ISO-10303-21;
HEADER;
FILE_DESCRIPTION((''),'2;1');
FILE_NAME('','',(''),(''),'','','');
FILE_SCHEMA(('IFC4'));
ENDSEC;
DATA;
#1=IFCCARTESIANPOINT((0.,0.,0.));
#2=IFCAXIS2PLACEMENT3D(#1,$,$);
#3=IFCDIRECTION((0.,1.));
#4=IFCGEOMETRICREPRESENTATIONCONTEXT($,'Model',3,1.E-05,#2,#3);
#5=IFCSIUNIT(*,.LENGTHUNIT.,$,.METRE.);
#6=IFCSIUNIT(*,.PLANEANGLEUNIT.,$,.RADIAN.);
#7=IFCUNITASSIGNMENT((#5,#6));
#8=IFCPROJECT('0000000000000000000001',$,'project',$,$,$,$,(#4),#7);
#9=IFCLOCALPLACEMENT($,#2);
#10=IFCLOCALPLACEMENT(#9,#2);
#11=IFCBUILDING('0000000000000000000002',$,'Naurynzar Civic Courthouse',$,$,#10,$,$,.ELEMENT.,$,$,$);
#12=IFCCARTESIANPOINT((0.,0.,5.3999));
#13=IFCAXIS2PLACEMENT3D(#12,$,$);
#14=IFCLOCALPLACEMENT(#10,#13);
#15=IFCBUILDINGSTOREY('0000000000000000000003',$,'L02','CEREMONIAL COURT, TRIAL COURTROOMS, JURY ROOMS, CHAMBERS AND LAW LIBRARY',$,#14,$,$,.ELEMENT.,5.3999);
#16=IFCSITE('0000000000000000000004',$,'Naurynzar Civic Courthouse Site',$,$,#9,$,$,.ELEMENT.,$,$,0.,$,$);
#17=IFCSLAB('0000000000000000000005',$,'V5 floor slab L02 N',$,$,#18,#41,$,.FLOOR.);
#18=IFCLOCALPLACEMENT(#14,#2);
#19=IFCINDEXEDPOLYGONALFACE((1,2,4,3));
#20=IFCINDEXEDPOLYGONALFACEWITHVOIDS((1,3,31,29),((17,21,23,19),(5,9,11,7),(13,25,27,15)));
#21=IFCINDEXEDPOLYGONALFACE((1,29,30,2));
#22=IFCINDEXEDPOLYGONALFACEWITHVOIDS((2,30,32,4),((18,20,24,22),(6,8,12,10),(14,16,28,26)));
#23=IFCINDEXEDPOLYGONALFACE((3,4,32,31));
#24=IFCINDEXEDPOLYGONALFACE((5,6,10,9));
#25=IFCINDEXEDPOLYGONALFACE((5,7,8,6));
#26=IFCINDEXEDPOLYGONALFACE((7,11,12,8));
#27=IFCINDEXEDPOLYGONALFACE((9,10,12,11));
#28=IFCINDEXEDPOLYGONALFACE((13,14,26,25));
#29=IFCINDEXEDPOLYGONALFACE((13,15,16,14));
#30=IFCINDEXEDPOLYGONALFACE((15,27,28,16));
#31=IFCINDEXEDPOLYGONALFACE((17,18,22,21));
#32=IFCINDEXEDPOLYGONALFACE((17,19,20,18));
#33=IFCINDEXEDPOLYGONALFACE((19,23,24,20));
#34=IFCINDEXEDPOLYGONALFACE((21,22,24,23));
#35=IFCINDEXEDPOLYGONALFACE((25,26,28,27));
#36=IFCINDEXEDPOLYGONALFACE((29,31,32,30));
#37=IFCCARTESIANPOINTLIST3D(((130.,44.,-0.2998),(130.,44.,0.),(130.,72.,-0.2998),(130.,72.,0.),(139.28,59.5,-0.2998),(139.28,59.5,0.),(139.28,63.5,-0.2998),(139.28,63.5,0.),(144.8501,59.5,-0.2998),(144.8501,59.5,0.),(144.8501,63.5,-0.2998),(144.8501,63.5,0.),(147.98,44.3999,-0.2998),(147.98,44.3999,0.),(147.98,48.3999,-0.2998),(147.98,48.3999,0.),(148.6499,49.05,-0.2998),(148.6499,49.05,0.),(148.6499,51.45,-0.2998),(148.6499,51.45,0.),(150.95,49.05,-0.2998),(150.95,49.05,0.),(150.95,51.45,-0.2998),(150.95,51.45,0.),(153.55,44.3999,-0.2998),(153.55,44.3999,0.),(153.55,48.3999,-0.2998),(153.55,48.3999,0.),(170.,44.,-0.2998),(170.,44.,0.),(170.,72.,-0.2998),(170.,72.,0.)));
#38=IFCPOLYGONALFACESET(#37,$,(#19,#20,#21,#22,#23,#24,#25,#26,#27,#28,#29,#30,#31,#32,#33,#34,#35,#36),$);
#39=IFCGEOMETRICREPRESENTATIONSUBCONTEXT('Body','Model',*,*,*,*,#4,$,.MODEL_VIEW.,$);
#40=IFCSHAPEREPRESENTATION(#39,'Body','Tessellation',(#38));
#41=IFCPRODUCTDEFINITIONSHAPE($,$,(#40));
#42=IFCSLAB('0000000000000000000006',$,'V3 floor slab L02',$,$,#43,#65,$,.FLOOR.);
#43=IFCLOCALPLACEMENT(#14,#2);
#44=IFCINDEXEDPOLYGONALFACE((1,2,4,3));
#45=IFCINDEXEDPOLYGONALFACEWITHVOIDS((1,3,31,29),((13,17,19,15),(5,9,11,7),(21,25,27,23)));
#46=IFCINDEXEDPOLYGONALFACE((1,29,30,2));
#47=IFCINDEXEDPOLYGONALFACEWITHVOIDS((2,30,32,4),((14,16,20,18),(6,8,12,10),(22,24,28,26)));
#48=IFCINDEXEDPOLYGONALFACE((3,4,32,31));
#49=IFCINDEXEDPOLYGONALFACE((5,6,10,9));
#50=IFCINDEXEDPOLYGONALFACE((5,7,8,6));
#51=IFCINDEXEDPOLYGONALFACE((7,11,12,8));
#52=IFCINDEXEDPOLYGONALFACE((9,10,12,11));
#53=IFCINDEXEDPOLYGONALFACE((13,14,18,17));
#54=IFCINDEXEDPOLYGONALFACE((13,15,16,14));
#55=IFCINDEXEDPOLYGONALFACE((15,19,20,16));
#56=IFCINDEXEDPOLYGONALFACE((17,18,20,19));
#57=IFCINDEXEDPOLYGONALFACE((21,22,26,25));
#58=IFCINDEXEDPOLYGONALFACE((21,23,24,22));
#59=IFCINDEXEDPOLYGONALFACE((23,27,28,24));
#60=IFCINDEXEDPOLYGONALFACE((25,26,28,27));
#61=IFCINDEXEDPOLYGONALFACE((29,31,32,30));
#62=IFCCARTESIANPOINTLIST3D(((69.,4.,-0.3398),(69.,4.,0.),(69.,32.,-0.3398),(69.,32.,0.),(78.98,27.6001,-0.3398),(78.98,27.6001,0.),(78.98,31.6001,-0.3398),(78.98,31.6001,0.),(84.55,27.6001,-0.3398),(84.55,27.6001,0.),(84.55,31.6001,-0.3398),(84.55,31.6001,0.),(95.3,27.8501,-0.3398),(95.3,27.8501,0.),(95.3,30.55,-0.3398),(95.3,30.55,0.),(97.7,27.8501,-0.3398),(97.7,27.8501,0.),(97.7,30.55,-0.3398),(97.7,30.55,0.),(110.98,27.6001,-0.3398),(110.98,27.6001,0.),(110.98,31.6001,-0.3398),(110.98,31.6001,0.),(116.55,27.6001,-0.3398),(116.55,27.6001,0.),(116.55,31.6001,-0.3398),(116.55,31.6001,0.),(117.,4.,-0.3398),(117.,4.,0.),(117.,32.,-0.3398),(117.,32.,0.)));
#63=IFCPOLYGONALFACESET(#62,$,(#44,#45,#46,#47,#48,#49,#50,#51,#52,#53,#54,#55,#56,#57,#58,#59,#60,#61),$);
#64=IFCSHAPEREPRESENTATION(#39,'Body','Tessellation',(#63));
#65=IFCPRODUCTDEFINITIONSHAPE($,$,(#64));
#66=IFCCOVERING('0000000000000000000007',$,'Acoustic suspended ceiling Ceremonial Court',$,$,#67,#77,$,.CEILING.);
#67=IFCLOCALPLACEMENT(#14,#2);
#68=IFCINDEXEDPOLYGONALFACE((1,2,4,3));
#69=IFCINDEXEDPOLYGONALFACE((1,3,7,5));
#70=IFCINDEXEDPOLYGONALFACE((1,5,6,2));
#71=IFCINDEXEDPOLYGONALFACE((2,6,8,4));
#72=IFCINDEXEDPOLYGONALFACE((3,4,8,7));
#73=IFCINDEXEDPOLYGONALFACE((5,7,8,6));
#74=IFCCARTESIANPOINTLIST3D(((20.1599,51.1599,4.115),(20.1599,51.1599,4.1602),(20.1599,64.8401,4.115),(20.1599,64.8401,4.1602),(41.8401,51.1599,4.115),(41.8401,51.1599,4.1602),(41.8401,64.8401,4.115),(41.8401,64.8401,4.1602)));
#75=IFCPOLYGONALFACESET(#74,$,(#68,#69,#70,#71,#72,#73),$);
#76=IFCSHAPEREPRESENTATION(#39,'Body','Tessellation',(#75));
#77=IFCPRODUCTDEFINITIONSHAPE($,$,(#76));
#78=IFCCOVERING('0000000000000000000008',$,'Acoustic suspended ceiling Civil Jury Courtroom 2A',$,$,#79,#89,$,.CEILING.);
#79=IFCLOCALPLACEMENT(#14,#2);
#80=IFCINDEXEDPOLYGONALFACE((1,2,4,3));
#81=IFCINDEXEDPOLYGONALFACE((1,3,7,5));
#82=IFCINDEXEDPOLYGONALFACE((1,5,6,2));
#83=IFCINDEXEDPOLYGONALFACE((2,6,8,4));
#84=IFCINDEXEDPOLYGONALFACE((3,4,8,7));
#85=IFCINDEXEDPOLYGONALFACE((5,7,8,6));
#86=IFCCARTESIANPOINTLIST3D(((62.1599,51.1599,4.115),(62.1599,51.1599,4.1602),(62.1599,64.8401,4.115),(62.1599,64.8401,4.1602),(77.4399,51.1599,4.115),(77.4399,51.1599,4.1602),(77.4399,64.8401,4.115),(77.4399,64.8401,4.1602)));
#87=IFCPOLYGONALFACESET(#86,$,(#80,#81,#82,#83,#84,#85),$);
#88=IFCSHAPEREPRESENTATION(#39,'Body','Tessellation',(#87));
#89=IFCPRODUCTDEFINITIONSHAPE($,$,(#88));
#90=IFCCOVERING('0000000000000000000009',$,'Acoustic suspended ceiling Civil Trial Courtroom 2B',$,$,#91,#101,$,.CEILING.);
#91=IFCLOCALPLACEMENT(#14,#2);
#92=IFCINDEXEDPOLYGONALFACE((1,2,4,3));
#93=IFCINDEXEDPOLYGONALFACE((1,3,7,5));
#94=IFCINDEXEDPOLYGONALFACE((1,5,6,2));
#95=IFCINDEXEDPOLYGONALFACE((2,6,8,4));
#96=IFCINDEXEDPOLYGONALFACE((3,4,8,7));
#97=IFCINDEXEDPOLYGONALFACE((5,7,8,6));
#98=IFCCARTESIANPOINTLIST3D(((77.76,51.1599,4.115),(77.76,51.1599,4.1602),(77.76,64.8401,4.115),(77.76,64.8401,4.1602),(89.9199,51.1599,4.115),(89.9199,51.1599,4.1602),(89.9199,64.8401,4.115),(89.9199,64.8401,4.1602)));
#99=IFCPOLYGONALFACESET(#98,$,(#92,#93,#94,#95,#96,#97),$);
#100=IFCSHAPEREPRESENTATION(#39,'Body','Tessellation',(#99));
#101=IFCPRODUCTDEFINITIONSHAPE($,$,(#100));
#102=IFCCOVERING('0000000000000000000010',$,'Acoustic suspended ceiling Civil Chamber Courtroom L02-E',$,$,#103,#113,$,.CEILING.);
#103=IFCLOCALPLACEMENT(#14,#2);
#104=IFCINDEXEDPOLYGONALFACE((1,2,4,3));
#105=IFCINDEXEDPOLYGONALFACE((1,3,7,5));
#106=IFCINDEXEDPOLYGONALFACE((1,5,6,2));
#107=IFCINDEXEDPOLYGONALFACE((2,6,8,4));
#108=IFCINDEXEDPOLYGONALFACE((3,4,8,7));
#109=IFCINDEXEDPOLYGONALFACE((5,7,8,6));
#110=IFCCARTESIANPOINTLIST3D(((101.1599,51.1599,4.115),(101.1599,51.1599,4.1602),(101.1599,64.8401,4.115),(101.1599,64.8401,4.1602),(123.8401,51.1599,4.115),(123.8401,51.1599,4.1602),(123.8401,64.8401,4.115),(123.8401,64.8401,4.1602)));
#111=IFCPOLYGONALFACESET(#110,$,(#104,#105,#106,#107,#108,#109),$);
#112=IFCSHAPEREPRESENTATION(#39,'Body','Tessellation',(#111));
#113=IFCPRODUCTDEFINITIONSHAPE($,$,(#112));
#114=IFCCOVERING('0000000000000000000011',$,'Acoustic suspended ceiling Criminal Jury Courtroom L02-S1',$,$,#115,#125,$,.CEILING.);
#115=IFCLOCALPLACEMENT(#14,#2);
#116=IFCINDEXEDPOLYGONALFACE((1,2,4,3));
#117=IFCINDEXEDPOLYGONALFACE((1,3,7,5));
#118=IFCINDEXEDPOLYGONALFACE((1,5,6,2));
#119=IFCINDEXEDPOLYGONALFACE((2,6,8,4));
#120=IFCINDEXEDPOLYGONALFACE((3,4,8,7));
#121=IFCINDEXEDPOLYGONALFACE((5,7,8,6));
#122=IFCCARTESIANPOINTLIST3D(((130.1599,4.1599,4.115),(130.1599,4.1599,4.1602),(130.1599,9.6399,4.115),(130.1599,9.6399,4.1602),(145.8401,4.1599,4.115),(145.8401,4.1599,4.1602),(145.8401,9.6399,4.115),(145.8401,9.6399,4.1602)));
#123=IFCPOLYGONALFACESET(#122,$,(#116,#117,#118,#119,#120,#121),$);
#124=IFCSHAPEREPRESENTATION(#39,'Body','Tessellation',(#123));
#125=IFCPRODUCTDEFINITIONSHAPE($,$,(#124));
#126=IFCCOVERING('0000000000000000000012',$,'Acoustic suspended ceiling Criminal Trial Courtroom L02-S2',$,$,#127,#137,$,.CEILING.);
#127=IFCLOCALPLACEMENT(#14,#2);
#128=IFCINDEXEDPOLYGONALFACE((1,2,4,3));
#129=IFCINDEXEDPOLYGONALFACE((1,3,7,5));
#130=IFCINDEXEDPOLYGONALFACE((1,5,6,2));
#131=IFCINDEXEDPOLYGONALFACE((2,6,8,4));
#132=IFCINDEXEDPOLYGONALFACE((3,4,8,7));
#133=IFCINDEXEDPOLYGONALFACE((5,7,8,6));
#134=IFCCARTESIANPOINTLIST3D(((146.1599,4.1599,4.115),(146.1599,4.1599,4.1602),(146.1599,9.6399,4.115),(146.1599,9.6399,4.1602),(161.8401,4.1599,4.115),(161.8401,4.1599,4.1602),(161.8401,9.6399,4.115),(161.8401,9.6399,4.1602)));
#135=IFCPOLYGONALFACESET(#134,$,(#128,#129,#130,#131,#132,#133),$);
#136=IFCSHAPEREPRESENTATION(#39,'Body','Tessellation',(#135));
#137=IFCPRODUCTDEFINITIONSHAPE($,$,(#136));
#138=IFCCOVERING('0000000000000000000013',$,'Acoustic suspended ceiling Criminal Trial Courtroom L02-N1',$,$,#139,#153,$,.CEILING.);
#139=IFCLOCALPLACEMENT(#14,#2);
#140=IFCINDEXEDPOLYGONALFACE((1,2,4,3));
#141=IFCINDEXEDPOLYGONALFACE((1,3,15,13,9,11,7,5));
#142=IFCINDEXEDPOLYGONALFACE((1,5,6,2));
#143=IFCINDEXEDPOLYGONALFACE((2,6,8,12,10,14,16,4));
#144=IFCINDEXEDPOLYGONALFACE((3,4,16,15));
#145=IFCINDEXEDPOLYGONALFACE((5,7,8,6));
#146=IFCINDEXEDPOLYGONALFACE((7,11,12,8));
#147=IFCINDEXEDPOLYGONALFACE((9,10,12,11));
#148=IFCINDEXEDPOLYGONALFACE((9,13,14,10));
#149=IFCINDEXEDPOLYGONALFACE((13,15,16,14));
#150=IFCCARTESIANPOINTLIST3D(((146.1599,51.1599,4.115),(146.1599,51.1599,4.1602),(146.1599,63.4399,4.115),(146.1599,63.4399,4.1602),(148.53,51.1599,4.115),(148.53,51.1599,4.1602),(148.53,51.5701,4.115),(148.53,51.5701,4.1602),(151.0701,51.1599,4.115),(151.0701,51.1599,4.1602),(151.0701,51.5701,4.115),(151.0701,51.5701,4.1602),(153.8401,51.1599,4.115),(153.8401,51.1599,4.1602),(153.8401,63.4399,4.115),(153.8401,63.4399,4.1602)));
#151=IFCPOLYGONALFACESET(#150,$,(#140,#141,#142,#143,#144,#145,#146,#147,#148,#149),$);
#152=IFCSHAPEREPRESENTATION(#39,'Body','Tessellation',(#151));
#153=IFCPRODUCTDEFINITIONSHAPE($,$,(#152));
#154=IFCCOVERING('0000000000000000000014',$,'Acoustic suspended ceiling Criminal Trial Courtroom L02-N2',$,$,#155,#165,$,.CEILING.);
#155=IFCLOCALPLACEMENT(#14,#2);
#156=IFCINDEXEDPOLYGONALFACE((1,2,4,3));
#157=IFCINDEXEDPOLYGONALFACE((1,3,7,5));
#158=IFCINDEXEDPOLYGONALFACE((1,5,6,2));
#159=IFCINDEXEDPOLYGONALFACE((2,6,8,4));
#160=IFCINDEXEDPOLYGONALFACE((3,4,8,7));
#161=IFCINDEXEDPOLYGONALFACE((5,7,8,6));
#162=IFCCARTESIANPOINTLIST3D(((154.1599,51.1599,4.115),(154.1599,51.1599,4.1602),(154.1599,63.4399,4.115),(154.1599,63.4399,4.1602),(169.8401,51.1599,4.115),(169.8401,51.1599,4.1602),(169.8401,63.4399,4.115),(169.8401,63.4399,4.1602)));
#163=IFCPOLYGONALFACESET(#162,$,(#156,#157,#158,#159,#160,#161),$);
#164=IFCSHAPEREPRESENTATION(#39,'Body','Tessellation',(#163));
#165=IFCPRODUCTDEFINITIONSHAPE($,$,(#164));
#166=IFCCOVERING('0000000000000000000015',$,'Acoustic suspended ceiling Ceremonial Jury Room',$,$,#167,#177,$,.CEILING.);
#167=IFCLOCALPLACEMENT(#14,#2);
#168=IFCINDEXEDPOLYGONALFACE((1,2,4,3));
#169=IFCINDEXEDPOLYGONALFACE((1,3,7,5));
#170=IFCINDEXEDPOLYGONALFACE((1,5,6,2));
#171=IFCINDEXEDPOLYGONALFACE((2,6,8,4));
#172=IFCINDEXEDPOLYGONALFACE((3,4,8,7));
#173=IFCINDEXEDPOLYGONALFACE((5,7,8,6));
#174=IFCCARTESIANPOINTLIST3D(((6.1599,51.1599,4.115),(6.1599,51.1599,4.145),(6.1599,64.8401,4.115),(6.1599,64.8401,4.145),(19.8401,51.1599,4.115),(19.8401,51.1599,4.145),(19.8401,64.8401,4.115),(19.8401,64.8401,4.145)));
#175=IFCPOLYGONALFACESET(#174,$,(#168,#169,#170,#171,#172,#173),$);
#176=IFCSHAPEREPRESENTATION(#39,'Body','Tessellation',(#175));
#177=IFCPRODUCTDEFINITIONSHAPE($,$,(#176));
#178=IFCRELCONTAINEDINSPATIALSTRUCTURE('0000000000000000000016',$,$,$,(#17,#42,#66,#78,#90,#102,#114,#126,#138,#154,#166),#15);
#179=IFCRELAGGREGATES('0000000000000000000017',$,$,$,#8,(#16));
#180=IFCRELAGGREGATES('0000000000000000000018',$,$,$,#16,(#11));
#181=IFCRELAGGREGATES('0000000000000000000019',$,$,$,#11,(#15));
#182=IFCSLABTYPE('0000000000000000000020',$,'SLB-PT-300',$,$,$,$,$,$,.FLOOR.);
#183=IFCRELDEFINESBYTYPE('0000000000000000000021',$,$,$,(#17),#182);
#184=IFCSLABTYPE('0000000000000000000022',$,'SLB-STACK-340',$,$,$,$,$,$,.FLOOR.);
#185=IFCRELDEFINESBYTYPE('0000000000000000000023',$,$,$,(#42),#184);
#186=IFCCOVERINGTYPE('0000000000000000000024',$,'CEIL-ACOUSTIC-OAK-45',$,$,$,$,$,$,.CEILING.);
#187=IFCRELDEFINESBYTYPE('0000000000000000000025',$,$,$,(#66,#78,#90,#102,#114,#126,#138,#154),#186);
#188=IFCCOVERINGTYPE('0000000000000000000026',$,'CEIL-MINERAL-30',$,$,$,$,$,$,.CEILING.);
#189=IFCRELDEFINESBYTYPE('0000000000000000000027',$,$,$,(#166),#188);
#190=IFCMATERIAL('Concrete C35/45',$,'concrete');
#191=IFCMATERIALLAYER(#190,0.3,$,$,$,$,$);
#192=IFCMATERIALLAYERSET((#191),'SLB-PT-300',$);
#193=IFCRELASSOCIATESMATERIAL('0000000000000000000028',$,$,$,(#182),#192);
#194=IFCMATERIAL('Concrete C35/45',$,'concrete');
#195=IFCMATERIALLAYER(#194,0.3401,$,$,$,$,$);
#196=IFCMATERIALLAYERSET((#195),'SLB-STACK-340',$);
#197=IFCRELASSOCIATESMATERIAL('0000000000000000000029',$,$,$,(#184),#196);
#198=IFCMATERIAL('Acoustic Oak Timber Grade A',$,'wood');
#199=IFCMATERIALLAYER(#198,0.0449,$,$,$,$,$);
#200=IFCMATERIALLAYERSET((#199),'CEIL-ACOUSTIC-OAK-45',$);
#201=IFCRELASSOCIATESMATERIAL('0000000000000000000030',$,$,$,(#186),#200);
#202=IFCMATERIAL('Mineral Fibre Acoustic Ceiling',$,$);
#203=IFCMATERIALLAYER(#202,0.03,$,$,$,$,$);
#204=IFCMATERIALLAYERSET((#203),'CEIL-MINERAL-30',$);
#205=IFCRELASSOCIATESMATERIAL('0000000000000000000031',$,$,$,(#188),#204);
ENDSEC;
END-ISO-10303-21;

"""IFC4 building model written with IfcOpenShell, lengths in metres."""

from ifc_helpers import new_model, si_unit, direction, frame, origin, place, context, subcontext, project, spatial, polyline, outline, extrude, material, layer, layer_set, type_object, element, save


model = new_model("IFC4")

# Units and contexts
model_context = context("Model", 3, precision=1e-05, world=origin(), true_north=direction((0.0, 1.0)))
body_context = subcontext(model_context, "Body", "Model", "MODEL_VIEW")
ifc_project = project(units=[si_unit("LENGTHUNIT", "METRE"), si_unit("PLANEANGLEUNIT", "RADIAN")], contexts=[model_context])

# Site, building, storey
site_placement = place(None, origin())
site = spatial("IfcSite", under=ifc_project, at=site_placement, Name="Naurynzar Civic Courthouse Site", CompositionType="ELEMENT", RefElevation=0.0)
building_placement = place(site_placement, origin())
building = spatial("IfcBuilding", under=site, at=building_placement, Name="Naurynzar Civic Courthouse", CompositionType="ELEMENT")
storey_placement = place(building_placement, frame((0.0, 0.0, 5.3999)))
storey = spatial("IfcBuildingStorey", under=building, at=storey_placement, Name="L02", Description="CEREMONIAL COURT, TRIAL COURTROOMS, JURY ROOMS, CHAMBERS AND LAW LIBRARY", CompositionType="ELEMENT", Elevation=5.3999)

# Slabs
ifc_material_1 = material(Name="Concrete C35/45", Category="concrete")
ifc_layer_1 = layer(ifc_material_1, 0.3)
ifc_layer_set_1 = layer_set([ifc_layer_1], Name="SLB-PT-300")
slab_type_1 = type_object("IfcSlabType", Name="SLB-PT-300", PredefinedType="FLOOR", material=ifc_layer_set_1)
slab_1_placement = place(storey_placement, frame((0.0, 0.0, -0.2998)))
element("IfcSlab", 1, at=slab_1_placement, inside=storey, type_object=slab_type_1, Name="V5 floor slab L02 N", PredefinedType="FLOOR", context=body_context, shape_type="SweptSolid", body=[
    extrude(outline(polyline([(170.0, 44.0), (170.0, 72.0), (130.0, 72.0), (130.0, 44.0), (170.0, 44.0)]), holes=[polyline([(139.28, 59.5), (144.8501, 59.5), (144.8501, 63.5), (139.28, 63.5), (139.28, 59.5)]), polyline([(147.98, 44.3999), (153.55, 44.3999), (153.55, 48.3999), (147.98, 48.3999), (147.98, 44.3999)]), polyline([(148.6499, 49.05), (150.95, 49.05), (150.95, 51.45), (148.6499, 51.45), (148.6499, 49.05)])]), origin(), (0.0, 0.0, 1.0), 0.2998),
])
ifc_material_2 = material(Name="Concrete C35/45", Category="concrete")
ifc_layer_2 = layer(ifc_material_2, 0.3401)
ifc_layer_set_2 = layer_set([ifc_layer_2], Name="SLB-STACK-340")
slab_type_2 = type_object("IfcSlabType", Name="SLB-STACK-340", PredefinedType="FLOOR", material=ifc_layer_set_2)
slab_2_placement = place(storey_placement, frame((0.0, 0.0, -0.3398)))
element("IfcSlab", 2, at=slab_2_placement, inside=storey, type_object=slab_type_2, Name="V3 floor slab L02", PredefinedType="FLOOR", context=body_context, shape_type="SweptSolid", body=[
    extrude(outline(polyline([(117.0, 4.0), (117.0, 32.0), (69.0, 32.0), (69.0, 4.0), (117.0, 4.0)]), holes=[polyline([(78.98, 27.6001), (84.55, 27.6001), (84.55, 31.6001), (78.98, 31.6001), (78.98, 27.6001)]), polyline([(110.98, 27.6001), (116.55, 27.6001), (116.55, 31.6001), (110.98, 31.6001), (110.98, 27.6001)]), polyline([(95.3, 27.8501), (97.7, 27.8501), (97.7, 30.55), (95.3, 30.55), (95.3, 27.8501)])]), origin(), (0.0, 0.0, 1.0), 0.3398),
])

# Coverings
ifc_material_3 = material(Name="Acoustic Oak Timber Grade A", Category="wood")
ifc_layer_3 = layer(ifc_material_3, 0.0449)
ifc_layer_set_3 = layer_set([ifc_layer_3], Name="CEIL-ACOUSTIC-OAK-45")
covering_type_1 = type_object("IfcCoveringType", Name="CEIL-ACOUSTIC-OAK-45", PredefinedType="CEILING", material=ifc_layer_set_3)
covering_1_placement = place(storey_placement, frame((0.0, 0.0, 4.115)))
element("IfcCovering", 3, at=covering_1_placement, inside=storey, type_object=covering_type_1, Name="Acoustic suspended ceiling Ceremonial Court", PredefinedType="CEILING", context=body_context, shape_type="SweptSolid", body=[
    extrude(outline(polyline([(20.1599, 51.1599), (20.1599, 64.8401), (41.8401, 64.8401), (41.8401, 51.1599), (20.1599, 51.1599)])), origin(), (0.0, 0.0, 1.0), 0.0452),
])
covering_2_placement = place(storey_placement, frame((0.0, 0.0, 4.115)))
element("IfcCovering", 4, at=covering_2_placement, inside=storey, type_object=covering_type_1, Name="Acoustic suspended ceiling Civil Jury Courtroom 2A", PredefinedType="CEILING", context=body_context, shape_type="SweptSolid", body=[
    extrude(outline(polyline([(77.4399, 51.1599), (62.1599, 51.1599), (62.1599, 64.8401), (77.4399, 64.8401), (77.4399, 51.1599)])), origin(), (0.0, 0.0, 1.0), 0.0452),
])
covering_3_placement = place(storey_placement, frame((0.0, 0.0, 4.115)))
element("IfcCovering", 5, at=covering_3_placement, inside=storey, type_object=covering_type_1, Name="Acoustic suspended ceiling Civil Trial Courtroom 2B", PredefinedType="CEILING", context=body_context, shape_type="SweptSolid", body=[
    extrude(outline(polyline([(89.9199, 51.1599), (77.76, 51.1599), (77.76, 64.8401), (89.9199, 64.8401), (89.9199, 51.1599)])), origin(), (0.0, 0.0, 1.0), 0.0452),
])
covering_4_placement = place(storey_placement, frame((0.0, 0.0, 4.115)))
element("IfcCovering", 6, at=covering_4_placement, inside=storey, type_object=covering_type_1, Name="Acoustic suspended ceiling Civil Chamber Courtroom L02-E", PredefinedType="CEILING", context=body_context, shape_type="SweptSolid", body=[
    extrude(outline(polyline([(123.8401, 51.1599), (101.1599, 51.1599), (101.1599, 64.8401), (123.8401, 64.8401), (123.8401, 51.1599)])), origin(), (0.0, 0.0, 1.0), 0.0452),
])
covering_5_placement = place(storey_placement, frame((0.0, 0.0, 4.115)))
element("IfcCovering", 7, at=covering_5_placement, inside=storey, type_object=covering_type_1, Name="Acoustic suspended ceiling Criminal Jury Courtroom L02-S1", PredefinedType="CEILING", context=body_context, shape_type="SweptSolid", body=[
    extrude(outline(polyline([(130.1599, 4.1599), (130.1599, 9.6399), (145.8401, 9.6399), (145.8401, 4.1599), (130.1599, 4.1599)])), origin(), (0.0, 0.0, 1.0), 0.0452),
])
covering_6_placement = place(storey_placement, frame((0.0, 0.0, 4.115)))
element("IfcCovering", 8, at=covering_6_placement, inside=storey, type_object=covering_type_1, Name="Acoustic suspended ceiling Criminal Trial Courtroom L02-S2", PredefinedType="CEILING", context=body_context, shape_type="SweptSolid", body=[
    extrude(outline(polyline([(146.1599, 4.1599), (146.1599, 9.6399), (161.8401, 9.6399), (161.8401, 4.1599), (146.1599, 4.1599)])), origin(), (0.0, 0.0, 1.0), 0.0452),
])
covering_7_placement = place(storey_placement, frame((0.0, 0.0, 4.115)))
element("IfcCovering", 9, at=covering_7_placement, inside=storey, type_object=covering_type_1, Name="Acoustic suspended ceiling Criminal Trial Courtroom L02-N1", PredefinedType="CEILING", context=body_context, shape_type="SweptSolid", body=[
    extrude(outline(polyline([(151.0701, 51.1599), (151.0701, 51.5701), (148.53, 51.5701), (148.53, 51.1599), (146.1599, 51.1599), (146.1599, 63.4399), (153.8401, 63.4399), (153.8401, 51.1599), (151.0701, 51.1599)])), origin(), (0.0, 0.0, 1.0), 0.0452),
])
covering_8_placement = place(storey_placement, frame((0.0, 0.0, 4.115)))
element("IfcCovering", 10, at=covering_8_placement, inside=storey, type_object=covering_type_1, Name="Acoustic suspended ceiling Criminal Trial Courtroom L02-N2", PredefinedType="CEILING", context=body_context, shape_type="SweptSolid", body=[
    extrude(outline(polyline([(154.1599, 51.1599), (154.1599, 63.4399), (169.8401, 63.4399), (169.8401, 51.1599), (154.1599, 51.1599)])), origin(), (0.0, 0.0, 1.0), 0.0452),
])
ifc_material_4 = material(Name="Mineral Fibre Acoustic Ceiling")
ifc_layer_4 = layer(ifc_material_4, 0.03)
ifc_layer_set_4 = layer_set([ifc_layer_4], Name="CEIL-MINERAL-30")
covering_type_2 = type_object("IfcCoveringType", Name="CEIL-MINERAL-30", PredefinedType="CEILING", material=ifc_layer_set_4)
covering_9_placement = place(storey_placement, frame((0.0, 0.0, 4.115)))
element("IfcCovering", 11, at=covering_9_placement, inside=storey, type_object=covering_type_2, Name="Acoustic suspended ceiling Ceremonial Jury Room", PredefinedType="CEILING", context=body_context, shape_type="SweptSolid", body=[
    extrude(outline(polyline([(6.1599, 51.1599), (6.1599, 64.8401), (19.8401, 64.8401), (19.8401, 51.1599), (6.1599, 51.1599)])), origin(), (0.0, 0.0, 1.0), 0.03),
])

save(model, "model.ifc")
